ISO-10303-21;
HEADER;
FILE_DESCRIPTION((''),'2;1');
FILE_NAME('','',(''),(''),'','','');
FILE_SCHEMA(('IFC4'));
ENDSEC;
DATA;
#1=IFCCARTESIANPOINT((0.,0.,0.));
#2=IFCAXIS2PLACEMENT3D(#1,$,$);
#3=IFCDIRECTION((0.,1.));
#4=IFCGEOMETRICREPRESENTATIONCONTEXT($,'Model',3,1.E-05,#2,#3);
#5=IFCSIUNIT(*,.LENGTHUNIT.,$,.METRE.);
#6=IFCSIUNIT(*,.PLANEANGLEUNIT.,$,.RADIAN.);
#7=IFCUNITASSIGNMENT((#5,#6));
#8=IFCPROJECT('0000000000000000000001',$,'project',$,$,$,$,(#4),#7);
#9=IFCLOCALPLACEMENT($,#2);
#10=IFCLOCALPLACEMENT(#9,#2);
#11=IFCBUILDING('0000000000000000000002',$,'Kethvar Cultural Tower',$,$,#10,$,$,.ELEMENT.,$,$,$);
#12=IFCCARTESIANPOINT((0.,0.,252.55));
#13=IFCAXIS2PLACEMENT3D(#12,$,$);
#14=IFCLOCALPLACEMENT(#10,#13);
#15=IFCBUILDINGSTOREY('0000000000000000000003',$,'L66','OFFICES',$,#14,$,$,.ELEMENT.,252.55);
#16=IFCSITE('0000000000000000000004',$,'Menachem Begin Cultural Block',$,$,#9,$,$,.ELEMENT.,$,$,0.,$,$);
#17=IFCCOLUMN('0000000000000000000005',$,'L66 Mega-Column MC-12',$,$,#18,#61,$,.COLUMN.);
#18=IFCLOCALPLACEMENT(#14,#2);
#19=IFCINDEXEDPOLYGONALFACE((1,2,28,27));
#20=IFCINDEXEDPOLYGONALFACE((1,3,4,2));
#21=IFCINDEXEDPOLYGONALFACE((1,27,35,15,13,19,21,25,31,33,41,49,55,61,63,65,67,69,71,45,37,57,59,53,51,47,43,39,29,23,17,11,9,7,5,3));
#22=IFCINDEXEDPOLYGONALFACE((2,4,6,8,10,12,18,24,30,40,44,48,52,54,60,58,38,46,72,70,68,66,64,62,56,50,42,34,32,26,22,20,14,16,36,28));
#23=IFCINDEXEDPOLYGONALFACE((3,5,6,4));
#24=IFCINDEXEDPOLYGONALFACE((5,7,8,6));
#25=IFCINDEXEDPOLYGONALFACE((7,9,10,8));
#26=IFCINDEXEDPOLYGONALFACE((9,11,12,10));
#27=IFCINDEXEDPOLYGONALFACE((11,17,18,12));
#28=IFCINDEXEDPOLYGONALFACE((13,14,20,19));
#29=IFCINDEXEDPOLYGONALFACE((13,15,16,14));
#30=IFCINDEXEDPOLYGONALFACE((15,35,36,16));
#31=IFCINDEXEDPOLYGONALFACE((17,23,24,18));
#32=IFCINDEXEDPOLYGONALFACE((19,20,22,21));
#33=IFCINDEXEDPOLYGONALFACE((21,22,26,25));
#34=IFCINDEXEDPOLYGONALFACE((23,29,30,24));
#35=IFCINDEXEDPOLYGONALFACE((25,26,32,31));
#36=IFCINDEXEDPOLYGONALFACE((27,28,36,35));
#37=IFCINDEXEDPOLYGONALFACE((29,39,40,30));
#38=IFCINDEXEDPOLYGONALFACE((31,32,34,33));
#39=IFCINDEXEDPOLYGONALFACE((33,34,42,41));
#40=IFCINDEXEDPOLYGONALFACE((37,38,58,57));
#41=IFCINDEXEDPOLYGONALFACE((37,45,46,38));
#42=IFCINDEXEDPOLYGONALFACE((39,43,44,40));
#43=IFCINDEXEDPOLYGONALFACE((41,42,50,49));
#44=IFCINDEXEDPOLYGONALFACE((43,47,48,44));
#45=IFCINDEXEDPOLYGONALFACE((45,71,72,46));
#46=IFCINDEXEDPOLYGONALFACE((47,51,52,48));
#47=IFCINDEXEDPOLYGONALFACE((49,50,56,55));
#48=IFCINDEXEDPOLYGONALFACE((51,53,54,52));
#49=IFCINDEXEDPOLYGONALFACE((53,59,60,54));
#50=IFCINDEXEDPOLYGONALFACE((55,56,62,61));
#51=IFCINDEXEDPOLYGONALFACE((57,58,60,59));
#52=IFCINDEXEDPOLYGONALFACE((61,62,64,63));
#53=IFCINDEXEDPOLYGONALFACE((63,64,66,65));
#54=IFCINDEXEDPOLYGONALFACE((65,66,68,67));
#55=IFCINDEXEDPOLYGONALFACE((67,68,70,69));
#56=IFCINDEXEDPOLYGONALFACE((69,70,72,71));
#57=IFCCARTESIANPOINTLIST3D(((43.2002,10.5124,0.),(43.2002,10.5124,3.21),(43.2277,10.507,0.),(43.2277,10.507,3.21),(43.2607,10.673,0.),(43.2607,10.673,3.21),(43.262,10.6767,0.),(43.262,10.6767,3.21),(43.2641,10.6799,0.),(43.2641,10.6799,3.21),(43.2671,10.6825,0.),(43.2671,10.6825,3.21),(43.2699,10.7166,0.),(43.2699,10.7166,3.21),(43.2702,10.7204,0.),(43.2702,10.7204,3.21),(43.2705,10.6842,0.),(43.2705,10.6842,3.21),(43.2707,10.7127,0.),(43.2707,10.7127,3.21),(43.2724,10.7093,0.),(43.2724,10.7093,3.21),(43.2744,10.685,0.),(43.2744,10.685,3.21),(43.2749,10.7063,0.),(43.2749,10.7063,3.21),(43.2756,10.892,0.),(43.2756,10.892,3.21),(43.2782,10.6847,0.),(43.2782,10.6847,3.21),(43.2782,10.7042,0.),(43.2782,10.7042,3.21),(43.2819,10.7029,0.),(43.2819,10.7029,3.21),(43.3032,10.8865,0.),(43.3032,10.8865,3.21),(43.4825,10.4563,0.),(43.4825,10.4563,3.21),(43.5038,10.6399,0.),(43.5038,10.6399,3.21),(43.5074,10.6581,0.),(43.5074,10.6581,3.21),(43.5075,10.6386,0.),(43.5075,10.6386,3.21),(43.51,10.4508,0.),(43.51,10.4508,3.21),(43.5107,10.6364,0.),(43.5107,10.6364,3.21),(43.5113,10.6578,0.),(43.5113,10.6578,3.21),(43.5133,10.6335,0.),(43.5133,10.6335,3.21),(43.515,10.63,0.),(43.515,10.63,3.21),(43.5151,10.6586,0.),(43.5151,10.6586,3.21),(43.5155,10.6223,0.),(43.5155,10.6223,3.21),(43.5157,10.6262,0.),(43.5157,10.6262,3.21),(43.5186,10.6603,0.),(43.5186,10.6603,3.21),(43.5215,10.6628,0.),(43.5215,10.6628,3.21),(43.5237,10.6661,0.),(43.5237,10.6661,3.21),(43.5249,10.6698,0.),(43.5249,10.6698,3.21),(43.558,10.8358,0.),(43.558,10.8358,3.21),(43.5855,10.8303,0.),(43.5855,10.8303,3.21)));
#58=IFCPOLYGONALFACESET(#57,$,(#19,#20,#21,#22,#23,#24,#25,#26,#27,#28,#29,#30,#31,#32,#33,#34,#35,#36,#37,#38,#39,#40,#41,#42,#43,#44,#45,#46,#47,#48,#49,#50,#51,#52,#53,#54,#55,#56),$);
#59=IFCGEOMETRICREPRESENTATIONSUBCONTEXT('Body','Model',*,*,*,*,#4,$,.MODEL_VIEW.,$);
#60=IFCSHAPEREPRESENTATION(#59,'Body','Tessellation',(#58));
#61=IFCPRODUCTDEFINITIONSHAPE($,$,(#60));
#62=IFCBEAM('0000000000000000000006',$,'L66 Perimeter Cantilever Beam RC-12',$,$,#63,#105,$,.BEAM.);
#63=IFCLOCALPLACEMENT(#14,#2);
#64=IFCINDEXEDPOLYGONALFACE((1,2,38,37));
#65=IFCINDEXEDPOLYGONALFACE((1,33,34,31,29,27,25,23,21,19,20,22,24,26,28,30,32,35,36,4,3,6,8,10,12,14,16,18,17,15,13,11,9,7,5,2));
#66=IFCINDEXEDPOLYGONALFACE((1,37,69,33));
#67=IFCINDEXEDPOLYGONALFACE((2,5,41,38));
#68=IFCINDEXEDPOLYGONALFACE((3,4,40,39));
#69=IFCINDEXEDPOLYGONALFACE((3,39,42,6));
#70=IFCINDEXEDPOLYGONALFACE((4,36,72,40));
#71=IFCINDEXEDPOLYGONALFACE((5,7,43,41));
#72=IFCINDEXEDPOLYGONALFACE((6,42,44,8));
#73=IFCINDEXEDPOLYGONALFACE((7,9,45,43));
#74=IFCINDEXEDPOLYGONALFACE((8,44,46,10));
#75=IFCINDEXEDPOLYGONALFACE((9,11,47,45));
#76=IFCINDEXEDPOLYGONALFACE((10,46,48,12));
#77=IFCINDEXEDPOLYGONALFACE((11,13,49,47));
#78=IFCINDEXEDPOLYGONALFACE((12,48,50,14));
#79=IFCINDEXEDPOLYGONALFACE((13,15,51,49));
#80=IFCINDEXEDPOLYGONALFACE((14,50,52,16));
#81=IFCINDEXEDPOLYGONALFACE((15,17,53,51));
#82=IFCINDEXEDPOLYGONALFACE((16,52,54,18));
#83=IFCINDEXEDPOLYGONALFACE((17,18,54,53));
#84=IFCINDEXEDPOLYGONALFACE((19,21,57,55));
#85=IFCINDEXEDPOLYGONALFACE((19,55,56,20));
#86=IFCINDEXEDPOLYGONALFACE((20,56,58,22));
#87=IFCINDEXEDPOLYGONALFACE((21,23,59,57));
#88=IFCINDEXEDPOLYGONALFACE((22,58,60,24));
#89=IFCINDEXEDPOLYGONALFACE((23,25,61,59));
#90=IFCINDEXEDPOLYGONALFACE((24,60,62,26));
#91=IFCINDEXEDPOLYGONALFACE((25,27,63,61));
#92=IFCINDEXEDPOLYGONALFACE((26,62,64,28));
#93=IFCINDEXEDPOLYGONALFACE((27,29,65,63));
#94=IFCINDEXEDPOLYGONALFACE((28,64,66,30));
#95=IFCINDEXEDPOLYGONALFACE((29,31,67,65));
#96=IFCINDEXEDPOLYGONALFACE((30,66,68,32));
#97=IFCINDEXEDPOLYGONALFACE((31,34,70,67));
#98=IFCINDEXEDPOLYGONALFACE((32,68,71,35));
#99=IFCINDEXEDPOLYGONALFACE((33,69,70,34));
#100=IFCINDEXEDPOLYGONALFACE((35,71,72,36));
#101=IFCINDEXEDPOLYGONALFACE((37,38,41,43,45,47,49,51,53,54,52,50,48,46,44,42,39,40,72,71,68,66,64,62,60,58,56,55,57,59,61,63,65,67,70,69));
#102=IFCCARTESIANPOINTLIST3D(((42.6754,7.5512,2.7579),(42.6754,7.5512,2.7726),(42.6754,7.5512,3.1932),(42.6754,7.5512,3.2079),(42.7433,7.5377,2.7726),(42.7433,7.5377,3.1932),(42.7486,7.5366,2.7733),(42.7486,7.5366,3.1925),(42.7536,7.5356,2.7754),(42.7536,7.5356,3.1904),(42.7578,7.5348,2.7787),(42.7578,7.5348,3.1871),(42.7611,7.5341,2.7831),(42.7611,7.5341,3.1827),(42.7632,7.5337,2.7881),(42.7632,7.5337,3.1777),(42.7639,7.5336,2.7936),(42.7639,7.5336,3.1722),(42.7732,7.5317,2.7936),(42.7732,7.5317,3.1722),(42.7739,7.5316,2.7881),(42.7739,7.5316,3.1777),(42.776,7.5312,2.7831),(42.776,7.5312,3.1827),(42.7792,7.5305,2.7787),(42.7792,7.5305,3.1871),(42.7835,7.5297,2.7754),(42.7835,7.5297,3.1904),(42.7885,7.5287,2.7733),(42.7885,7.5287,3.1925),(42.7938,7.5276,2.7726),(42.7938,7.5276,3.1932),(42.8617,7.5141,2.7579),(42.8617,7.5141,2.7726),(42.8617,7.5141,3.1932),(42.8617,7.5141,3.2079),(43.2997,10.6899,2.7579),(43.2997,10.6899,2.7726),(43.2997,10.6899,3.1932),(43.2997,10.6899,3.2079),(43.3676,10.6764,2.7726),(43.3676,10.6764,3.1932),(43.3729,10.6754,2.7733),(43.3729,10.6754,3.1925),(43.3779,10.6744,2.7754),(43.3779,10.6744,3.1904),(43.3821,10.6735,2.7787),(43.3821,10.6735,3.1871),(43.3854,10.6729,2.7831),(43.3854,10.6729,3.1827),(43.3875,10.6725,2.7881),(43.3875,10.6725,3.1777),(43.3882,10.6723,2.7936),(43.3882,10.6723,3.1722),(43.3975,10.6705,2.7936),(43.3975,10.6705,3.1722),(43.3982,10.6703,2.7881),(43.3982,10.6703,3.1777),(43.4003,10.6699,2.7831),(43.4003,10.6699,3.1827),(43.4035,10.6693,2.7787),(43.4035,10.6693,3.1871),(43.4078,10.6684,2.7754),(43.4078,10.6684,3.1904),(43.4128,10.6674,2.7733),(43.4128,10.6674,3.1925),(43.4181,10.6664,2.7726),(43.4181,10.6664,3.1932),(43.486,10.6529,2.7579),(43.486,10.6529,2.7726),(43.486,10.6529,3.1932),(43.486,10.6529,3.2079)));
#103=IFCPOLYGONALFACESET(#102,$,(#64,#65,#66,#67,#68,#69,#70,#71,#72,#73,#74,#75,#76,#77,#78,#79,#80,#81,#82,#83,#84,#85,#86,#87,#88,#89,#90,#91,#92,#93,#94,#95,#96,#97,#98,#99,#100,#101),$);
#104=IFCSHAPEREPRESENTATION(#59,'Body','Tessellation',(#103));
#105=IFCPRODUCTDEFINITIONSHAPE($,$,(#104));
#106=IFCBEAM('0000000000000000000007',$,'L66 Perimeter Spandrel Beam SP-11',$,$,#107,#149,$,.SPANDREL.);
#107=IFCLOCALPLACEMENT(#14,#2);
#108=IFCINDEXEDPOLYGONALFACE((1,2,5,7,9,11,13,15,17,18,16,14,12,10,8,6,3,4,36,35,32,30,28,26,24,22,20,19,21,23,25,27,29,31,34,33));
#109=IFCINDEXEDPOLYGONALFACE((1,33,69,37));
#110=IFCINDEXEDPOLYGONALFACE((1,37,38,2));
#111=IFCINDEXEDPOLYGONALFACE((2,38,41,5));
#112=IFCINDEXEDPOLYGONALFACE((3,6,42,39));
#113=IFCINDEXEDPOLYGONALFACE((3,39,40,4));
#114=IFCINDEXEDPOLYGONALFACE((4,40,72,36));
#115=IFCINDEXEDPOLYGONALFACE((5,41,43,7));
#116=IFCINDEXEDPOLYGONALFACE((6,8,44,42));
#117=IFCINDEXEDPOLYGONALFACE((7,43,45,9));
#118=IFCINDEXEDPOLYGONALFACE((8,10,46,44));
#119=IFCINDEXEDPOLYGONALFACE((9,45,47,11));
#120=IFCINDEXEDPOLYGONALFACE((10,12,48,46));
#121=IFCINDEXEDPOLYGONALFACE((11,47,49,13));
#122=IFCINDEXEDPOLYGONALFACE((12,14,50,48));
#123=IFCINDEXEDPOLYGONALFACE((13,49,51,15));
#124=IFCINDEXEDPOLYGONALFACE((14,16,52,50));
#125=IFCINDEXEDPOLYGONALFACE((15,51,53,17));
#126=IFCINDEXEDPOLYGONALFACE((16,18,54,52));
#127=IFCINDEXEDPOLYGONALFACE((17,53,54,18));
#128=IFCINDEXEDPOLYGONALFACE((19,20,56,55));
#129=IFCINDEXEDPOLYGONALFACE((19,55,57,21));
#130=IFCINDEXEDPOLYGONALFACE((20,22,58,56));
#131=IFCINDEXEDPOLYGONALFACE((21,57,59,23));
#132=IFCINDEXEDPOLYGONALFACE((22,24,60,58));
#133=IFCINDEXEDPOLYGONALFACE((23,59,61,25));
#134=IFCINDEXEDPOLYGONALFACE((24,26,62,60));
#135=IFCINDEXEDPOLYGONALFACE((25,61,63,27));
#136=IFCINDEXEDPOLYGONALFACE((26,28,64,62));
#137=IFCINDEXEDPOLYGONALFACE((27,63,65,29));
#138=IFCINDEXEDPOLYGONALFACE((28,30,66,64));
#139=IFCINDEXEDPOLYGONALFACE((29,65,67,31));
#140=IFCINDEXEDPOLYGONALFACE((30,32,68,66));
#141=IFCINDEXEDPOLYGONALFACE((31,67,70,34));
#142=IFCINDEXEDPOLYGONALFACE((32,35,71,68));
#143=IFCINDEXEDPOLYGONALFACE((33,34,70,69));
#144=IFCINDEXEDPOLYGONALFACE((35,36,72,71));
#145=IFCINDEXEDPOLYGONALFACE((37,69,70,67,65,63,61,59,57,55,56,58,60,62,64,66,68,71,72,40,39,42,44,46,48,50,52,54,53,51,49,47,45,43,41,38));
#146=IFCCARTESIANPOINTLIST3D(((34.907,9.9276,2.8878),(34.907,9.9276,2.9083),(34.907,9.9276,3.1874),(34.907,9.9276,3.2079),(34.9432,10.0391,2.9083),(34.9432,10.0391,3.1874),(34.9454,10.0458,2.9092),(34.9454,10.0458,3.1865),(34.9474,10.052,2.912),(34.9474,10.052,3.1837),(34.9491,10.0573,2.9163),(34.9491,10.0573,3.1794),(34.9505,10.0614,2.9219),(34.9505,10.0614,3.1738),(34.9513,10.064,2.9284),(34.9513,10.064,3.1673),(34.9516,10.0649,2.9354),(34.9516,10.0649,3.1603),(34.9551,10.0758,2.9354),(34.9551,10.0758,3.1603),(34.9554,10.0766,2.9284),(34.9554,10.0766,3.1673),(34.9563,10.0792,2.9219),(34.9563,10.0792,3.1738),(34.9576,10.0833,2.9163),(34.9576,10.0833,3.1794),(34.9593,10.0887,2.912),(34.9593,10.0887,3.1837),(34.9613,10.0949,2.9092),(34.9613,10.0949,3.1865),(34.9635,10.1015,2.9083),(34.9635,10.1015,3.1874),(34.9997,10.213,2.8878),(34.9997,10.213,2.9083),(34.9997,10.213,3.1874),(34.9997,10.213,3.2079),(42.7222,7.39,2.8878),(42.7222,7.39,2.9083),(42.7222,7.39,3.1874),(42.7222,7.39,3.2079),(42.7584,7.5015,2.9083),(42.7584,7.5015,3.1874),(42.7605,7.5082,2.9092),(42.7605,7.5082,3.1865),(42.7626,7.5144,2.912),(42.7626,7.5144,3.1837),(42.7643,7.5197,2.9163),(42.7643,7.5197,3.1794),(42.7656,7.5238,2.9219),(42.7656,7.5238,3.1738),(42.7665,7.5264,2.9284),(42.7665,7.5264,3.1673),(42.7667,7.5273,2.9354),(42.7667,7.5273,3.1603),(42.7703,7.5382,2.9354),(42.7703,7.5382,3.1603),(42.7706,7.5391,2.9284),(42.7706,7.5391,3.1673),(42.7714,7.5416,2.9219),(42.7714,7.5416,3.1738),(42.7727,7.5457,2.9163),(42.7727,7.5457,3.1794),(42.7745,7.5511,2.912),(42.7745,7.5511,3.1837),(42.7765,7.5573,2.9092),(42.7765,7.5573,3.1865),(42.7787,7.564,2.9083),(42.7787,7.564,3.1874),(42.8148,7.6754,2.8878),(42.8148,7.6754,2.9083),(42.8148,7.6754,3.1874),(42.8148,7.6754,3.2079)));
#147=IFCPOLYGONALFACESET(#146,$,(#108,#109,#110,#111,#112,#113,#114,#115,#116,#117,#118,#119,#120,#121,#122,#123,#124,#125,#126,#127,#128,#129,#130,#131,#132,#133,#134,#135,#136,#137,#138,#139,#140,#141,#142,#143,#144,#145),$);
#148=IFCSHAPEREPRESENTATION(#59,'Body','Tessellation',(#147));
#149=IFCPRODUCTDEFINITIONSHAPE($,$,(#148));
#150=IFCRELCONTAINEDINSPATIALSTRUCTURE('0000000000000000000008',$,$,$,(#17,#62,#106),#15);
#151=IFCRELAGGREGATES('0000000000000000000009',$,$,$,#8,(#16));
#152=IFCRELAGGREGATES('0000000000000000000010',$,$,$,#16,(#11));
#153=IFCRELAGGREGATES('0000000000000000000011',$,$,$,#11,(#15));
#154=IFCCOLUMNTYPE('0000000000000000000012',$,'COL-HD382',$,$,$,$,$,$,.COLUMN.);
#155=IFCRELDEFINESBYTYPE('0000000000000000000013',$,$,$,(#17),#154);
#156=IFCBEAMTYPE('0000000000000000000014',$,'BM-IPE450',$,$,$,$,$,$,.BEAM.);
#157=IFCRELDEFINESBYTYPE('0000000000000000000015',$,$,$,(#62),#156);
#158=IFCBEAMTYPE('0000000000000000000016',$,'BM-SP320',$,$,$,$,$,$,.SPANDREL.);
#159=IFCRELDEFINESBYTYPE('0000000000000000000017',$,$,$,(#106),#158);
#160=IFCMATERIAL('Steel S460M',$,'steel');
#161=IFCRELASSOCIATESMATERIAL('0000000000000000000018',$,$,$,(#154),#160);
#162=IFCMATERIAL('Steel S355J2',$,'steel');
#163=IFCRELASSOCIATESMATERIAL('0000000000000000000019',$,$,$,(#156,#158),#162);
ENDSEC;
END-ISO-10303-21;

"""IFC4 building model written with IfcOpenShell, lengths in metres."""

from ifc_helpers import new_model, si_unit, direction, frame, origin, origin_2d, place, context, subcontext, project, spatial, i_section, extrude, source, transform, mapped, material, material_profile, profile_set, type_object, element, save


model = new_model("IFC4")

# Units and contexts
model_context = context("Model", 3, precision=1e-05, world=origin(), true_north=direction((0.0, 1.0)))
body_context = subcontext(model_context, "Body", "Model", "MODEL_VIEW")
ifc_project = project(units=[si_unit("LENGTHUNIT", "METRE"), si_unit("PLANEANGLEUNIT", "RADIAN")], contexts=[model_context])

# Site, building, storey
site_placement = place(None, origin())
site = spatial("IfcSite", under=ifc_project, at=site_placement, Name="Menachem Begin Cultural Block", CompositionType="ELEMENT", RefElevation=0.0)
building_placement = place(site_placement, origin())
building = spatial("IfcBuilding", under=site, at=building_placement, Name="Kethvar Cultural Tower", CompositionType="ELEMENT")
storey_placement = place(building_placement, frame((0.0, 0.0, 252.55)))
storey = spatial("IfcBuildingStorey", under=building, at=storey_placement, Name="L66", Description="OFFICES", CompositionType="ELEMENT", Elevation=252.55)

# Column
ifc_material_1 = material(Name="Steel S460M", Category="steel")
ifc_material_profile_1 = material_profile(ifc_material_1, i_section(OverallWidth=0.387, OverallDepth=0.3159, WebThickness=0.0186, FlangeThickness=0.0281, FilletRadius=0.0149, at=origin_2d()), Name="Steel S460M — HD400x382")
ifc_profile_set_1 = profile_set([ifc_material_profile_1], Name="Steel S460M — HD400x382")
column_type = type_object("IfcColumnType", Name="COL-HD382", PredefinedType="COLUMN", material=ifc_profile_set_1)
shared_shape_1 = source(origin(), body_context, "Body", "SweptSolid", [
    extrude(i_section(OverallWidth=0.387, OverallDepth=0.3159, WebThickness=0.0186, FlangeThickness=0.0281, FilletRadius=0.0149, at=origin_2d()), origin(), (0.0, 0.0, 1.0), 3.21),
])
column_placement = place(storey_placement, frame((43.3928, 10.6714, 0.0), z_axis=(0.0, 0.0, 1.0), x_axis=(-0.19509, -0.980785, 0.0)))
element("IfcColumn", 1, at=column_placement, inside=storey, type_object=column_type, Name="L66 Mega-Column MC-12", PredefinedType="COLUMN", context=body_context, shape_type="MappedRepresentation", body=[
    mapped(shared_shape_1, transform((0.0, 0.0, 0.0), scale=1.0)),
])

# Beams
ifc_material_2 = material(Name="Steel S355J2", Category="steel")
ifc_material_profile_2 = material_profile(ifc_material_2, i_section(OverallWidth=0.1899, OverallDepth=0.45, WebThickness=0.0095, FlangeThickness=0.0146, FilletRadius=0.021, at=origin_2d()), Name="Steel S355J2 — IPE450")
ifc_profile_set_2 = profile_set([ifc_material_profile_2], Name="Steel S355J2 — IPE450")
beam_type_1 = type_object("IfcBeamType", Name="BM-IPE450", PredefinedType="BEAM", material=ifc_profile_set_2)
shared_shape_2 = source(origin(), body_context, "Body", "SweptSolid", [
    extrude(i_section(OverallWidth=0.1899, OverallDepth=0.45, WebThickness=0.0095, FlangeThickness=0.0146, FilletRadius=0.021, at=origin_2d()), origin(), (0.0, 0.0, 1.0), 3.2002),
])
beam_1_placement = place(storey_placement, frame((43.3928, 10.6714, 2.9829), z_axis=(-0.195074, -0.980788, 0.0), x_axis=(0.980788, -0.195074, 0.0)))
element("IfcBeam", 2, at=beam_1_placement, inside=storey, type_object=beam_type_1, Name="L66 Perimeter Cantilever Beam RC-12", PredefinedType="BEAM", context=body_context, shape_type="MappedRepresentation", body=[
    mapped(shared_shape_2, transform((0.0, 0.0, 0.0), scale=1.0)),
])
ifc_material_profile_3 = material_profile(ifc_material_2, i_section(OverallWidth=0.3, OverallDepth=0.3201, WebThickness=0.0115, FlangeThickness=0.0205, FilletRadius=0.0271, at=origin_2d()), Name="Steel S355J2 — HEB320")
ifc_profile_set_3 = profile_set([ifc_material_profile_3], Name="Steel S355J2 — HEB320")
beam_type_2 = type_object("IfcBeamType", Name="BM-SP320", PredefinedType="SPANDREL", material=ifc_profile_set_3)
shared_shape_3 = source(origin(), body_context, "Body", "SweptSolid", [
    extrude(i_section(OverallWidth=0.3, OverallDepth=0.3201, WebThickness=0.0115, FlangeThickness=0.0205, FilletRadius=0.0271, at=origin_2d()), origin(), (0.0, 0.0, 1.0), 8.2168),
])
beam_2_placement = place(storey_placement, frame((34.9534, 10.0703, 3.0479), z_axis=(0.951118, -0.308829, 0.0), x_axis=(0.308829, 0.951118, 0.0)))
element("IfcBeam", 3, at=beam_2_placement, inside=storey, type_object=beam_type_2, Name="L66 Perimeter Spandrel Beam SP-11", PredefinedType="SPANDREL", context=body_context, shape_type="MappedRepresentation", body=[
    mapped(shared_shape_3, transform((0.0, 0.0, 0.0), scale=1.0)),
])

save(model, "model.ifc")
